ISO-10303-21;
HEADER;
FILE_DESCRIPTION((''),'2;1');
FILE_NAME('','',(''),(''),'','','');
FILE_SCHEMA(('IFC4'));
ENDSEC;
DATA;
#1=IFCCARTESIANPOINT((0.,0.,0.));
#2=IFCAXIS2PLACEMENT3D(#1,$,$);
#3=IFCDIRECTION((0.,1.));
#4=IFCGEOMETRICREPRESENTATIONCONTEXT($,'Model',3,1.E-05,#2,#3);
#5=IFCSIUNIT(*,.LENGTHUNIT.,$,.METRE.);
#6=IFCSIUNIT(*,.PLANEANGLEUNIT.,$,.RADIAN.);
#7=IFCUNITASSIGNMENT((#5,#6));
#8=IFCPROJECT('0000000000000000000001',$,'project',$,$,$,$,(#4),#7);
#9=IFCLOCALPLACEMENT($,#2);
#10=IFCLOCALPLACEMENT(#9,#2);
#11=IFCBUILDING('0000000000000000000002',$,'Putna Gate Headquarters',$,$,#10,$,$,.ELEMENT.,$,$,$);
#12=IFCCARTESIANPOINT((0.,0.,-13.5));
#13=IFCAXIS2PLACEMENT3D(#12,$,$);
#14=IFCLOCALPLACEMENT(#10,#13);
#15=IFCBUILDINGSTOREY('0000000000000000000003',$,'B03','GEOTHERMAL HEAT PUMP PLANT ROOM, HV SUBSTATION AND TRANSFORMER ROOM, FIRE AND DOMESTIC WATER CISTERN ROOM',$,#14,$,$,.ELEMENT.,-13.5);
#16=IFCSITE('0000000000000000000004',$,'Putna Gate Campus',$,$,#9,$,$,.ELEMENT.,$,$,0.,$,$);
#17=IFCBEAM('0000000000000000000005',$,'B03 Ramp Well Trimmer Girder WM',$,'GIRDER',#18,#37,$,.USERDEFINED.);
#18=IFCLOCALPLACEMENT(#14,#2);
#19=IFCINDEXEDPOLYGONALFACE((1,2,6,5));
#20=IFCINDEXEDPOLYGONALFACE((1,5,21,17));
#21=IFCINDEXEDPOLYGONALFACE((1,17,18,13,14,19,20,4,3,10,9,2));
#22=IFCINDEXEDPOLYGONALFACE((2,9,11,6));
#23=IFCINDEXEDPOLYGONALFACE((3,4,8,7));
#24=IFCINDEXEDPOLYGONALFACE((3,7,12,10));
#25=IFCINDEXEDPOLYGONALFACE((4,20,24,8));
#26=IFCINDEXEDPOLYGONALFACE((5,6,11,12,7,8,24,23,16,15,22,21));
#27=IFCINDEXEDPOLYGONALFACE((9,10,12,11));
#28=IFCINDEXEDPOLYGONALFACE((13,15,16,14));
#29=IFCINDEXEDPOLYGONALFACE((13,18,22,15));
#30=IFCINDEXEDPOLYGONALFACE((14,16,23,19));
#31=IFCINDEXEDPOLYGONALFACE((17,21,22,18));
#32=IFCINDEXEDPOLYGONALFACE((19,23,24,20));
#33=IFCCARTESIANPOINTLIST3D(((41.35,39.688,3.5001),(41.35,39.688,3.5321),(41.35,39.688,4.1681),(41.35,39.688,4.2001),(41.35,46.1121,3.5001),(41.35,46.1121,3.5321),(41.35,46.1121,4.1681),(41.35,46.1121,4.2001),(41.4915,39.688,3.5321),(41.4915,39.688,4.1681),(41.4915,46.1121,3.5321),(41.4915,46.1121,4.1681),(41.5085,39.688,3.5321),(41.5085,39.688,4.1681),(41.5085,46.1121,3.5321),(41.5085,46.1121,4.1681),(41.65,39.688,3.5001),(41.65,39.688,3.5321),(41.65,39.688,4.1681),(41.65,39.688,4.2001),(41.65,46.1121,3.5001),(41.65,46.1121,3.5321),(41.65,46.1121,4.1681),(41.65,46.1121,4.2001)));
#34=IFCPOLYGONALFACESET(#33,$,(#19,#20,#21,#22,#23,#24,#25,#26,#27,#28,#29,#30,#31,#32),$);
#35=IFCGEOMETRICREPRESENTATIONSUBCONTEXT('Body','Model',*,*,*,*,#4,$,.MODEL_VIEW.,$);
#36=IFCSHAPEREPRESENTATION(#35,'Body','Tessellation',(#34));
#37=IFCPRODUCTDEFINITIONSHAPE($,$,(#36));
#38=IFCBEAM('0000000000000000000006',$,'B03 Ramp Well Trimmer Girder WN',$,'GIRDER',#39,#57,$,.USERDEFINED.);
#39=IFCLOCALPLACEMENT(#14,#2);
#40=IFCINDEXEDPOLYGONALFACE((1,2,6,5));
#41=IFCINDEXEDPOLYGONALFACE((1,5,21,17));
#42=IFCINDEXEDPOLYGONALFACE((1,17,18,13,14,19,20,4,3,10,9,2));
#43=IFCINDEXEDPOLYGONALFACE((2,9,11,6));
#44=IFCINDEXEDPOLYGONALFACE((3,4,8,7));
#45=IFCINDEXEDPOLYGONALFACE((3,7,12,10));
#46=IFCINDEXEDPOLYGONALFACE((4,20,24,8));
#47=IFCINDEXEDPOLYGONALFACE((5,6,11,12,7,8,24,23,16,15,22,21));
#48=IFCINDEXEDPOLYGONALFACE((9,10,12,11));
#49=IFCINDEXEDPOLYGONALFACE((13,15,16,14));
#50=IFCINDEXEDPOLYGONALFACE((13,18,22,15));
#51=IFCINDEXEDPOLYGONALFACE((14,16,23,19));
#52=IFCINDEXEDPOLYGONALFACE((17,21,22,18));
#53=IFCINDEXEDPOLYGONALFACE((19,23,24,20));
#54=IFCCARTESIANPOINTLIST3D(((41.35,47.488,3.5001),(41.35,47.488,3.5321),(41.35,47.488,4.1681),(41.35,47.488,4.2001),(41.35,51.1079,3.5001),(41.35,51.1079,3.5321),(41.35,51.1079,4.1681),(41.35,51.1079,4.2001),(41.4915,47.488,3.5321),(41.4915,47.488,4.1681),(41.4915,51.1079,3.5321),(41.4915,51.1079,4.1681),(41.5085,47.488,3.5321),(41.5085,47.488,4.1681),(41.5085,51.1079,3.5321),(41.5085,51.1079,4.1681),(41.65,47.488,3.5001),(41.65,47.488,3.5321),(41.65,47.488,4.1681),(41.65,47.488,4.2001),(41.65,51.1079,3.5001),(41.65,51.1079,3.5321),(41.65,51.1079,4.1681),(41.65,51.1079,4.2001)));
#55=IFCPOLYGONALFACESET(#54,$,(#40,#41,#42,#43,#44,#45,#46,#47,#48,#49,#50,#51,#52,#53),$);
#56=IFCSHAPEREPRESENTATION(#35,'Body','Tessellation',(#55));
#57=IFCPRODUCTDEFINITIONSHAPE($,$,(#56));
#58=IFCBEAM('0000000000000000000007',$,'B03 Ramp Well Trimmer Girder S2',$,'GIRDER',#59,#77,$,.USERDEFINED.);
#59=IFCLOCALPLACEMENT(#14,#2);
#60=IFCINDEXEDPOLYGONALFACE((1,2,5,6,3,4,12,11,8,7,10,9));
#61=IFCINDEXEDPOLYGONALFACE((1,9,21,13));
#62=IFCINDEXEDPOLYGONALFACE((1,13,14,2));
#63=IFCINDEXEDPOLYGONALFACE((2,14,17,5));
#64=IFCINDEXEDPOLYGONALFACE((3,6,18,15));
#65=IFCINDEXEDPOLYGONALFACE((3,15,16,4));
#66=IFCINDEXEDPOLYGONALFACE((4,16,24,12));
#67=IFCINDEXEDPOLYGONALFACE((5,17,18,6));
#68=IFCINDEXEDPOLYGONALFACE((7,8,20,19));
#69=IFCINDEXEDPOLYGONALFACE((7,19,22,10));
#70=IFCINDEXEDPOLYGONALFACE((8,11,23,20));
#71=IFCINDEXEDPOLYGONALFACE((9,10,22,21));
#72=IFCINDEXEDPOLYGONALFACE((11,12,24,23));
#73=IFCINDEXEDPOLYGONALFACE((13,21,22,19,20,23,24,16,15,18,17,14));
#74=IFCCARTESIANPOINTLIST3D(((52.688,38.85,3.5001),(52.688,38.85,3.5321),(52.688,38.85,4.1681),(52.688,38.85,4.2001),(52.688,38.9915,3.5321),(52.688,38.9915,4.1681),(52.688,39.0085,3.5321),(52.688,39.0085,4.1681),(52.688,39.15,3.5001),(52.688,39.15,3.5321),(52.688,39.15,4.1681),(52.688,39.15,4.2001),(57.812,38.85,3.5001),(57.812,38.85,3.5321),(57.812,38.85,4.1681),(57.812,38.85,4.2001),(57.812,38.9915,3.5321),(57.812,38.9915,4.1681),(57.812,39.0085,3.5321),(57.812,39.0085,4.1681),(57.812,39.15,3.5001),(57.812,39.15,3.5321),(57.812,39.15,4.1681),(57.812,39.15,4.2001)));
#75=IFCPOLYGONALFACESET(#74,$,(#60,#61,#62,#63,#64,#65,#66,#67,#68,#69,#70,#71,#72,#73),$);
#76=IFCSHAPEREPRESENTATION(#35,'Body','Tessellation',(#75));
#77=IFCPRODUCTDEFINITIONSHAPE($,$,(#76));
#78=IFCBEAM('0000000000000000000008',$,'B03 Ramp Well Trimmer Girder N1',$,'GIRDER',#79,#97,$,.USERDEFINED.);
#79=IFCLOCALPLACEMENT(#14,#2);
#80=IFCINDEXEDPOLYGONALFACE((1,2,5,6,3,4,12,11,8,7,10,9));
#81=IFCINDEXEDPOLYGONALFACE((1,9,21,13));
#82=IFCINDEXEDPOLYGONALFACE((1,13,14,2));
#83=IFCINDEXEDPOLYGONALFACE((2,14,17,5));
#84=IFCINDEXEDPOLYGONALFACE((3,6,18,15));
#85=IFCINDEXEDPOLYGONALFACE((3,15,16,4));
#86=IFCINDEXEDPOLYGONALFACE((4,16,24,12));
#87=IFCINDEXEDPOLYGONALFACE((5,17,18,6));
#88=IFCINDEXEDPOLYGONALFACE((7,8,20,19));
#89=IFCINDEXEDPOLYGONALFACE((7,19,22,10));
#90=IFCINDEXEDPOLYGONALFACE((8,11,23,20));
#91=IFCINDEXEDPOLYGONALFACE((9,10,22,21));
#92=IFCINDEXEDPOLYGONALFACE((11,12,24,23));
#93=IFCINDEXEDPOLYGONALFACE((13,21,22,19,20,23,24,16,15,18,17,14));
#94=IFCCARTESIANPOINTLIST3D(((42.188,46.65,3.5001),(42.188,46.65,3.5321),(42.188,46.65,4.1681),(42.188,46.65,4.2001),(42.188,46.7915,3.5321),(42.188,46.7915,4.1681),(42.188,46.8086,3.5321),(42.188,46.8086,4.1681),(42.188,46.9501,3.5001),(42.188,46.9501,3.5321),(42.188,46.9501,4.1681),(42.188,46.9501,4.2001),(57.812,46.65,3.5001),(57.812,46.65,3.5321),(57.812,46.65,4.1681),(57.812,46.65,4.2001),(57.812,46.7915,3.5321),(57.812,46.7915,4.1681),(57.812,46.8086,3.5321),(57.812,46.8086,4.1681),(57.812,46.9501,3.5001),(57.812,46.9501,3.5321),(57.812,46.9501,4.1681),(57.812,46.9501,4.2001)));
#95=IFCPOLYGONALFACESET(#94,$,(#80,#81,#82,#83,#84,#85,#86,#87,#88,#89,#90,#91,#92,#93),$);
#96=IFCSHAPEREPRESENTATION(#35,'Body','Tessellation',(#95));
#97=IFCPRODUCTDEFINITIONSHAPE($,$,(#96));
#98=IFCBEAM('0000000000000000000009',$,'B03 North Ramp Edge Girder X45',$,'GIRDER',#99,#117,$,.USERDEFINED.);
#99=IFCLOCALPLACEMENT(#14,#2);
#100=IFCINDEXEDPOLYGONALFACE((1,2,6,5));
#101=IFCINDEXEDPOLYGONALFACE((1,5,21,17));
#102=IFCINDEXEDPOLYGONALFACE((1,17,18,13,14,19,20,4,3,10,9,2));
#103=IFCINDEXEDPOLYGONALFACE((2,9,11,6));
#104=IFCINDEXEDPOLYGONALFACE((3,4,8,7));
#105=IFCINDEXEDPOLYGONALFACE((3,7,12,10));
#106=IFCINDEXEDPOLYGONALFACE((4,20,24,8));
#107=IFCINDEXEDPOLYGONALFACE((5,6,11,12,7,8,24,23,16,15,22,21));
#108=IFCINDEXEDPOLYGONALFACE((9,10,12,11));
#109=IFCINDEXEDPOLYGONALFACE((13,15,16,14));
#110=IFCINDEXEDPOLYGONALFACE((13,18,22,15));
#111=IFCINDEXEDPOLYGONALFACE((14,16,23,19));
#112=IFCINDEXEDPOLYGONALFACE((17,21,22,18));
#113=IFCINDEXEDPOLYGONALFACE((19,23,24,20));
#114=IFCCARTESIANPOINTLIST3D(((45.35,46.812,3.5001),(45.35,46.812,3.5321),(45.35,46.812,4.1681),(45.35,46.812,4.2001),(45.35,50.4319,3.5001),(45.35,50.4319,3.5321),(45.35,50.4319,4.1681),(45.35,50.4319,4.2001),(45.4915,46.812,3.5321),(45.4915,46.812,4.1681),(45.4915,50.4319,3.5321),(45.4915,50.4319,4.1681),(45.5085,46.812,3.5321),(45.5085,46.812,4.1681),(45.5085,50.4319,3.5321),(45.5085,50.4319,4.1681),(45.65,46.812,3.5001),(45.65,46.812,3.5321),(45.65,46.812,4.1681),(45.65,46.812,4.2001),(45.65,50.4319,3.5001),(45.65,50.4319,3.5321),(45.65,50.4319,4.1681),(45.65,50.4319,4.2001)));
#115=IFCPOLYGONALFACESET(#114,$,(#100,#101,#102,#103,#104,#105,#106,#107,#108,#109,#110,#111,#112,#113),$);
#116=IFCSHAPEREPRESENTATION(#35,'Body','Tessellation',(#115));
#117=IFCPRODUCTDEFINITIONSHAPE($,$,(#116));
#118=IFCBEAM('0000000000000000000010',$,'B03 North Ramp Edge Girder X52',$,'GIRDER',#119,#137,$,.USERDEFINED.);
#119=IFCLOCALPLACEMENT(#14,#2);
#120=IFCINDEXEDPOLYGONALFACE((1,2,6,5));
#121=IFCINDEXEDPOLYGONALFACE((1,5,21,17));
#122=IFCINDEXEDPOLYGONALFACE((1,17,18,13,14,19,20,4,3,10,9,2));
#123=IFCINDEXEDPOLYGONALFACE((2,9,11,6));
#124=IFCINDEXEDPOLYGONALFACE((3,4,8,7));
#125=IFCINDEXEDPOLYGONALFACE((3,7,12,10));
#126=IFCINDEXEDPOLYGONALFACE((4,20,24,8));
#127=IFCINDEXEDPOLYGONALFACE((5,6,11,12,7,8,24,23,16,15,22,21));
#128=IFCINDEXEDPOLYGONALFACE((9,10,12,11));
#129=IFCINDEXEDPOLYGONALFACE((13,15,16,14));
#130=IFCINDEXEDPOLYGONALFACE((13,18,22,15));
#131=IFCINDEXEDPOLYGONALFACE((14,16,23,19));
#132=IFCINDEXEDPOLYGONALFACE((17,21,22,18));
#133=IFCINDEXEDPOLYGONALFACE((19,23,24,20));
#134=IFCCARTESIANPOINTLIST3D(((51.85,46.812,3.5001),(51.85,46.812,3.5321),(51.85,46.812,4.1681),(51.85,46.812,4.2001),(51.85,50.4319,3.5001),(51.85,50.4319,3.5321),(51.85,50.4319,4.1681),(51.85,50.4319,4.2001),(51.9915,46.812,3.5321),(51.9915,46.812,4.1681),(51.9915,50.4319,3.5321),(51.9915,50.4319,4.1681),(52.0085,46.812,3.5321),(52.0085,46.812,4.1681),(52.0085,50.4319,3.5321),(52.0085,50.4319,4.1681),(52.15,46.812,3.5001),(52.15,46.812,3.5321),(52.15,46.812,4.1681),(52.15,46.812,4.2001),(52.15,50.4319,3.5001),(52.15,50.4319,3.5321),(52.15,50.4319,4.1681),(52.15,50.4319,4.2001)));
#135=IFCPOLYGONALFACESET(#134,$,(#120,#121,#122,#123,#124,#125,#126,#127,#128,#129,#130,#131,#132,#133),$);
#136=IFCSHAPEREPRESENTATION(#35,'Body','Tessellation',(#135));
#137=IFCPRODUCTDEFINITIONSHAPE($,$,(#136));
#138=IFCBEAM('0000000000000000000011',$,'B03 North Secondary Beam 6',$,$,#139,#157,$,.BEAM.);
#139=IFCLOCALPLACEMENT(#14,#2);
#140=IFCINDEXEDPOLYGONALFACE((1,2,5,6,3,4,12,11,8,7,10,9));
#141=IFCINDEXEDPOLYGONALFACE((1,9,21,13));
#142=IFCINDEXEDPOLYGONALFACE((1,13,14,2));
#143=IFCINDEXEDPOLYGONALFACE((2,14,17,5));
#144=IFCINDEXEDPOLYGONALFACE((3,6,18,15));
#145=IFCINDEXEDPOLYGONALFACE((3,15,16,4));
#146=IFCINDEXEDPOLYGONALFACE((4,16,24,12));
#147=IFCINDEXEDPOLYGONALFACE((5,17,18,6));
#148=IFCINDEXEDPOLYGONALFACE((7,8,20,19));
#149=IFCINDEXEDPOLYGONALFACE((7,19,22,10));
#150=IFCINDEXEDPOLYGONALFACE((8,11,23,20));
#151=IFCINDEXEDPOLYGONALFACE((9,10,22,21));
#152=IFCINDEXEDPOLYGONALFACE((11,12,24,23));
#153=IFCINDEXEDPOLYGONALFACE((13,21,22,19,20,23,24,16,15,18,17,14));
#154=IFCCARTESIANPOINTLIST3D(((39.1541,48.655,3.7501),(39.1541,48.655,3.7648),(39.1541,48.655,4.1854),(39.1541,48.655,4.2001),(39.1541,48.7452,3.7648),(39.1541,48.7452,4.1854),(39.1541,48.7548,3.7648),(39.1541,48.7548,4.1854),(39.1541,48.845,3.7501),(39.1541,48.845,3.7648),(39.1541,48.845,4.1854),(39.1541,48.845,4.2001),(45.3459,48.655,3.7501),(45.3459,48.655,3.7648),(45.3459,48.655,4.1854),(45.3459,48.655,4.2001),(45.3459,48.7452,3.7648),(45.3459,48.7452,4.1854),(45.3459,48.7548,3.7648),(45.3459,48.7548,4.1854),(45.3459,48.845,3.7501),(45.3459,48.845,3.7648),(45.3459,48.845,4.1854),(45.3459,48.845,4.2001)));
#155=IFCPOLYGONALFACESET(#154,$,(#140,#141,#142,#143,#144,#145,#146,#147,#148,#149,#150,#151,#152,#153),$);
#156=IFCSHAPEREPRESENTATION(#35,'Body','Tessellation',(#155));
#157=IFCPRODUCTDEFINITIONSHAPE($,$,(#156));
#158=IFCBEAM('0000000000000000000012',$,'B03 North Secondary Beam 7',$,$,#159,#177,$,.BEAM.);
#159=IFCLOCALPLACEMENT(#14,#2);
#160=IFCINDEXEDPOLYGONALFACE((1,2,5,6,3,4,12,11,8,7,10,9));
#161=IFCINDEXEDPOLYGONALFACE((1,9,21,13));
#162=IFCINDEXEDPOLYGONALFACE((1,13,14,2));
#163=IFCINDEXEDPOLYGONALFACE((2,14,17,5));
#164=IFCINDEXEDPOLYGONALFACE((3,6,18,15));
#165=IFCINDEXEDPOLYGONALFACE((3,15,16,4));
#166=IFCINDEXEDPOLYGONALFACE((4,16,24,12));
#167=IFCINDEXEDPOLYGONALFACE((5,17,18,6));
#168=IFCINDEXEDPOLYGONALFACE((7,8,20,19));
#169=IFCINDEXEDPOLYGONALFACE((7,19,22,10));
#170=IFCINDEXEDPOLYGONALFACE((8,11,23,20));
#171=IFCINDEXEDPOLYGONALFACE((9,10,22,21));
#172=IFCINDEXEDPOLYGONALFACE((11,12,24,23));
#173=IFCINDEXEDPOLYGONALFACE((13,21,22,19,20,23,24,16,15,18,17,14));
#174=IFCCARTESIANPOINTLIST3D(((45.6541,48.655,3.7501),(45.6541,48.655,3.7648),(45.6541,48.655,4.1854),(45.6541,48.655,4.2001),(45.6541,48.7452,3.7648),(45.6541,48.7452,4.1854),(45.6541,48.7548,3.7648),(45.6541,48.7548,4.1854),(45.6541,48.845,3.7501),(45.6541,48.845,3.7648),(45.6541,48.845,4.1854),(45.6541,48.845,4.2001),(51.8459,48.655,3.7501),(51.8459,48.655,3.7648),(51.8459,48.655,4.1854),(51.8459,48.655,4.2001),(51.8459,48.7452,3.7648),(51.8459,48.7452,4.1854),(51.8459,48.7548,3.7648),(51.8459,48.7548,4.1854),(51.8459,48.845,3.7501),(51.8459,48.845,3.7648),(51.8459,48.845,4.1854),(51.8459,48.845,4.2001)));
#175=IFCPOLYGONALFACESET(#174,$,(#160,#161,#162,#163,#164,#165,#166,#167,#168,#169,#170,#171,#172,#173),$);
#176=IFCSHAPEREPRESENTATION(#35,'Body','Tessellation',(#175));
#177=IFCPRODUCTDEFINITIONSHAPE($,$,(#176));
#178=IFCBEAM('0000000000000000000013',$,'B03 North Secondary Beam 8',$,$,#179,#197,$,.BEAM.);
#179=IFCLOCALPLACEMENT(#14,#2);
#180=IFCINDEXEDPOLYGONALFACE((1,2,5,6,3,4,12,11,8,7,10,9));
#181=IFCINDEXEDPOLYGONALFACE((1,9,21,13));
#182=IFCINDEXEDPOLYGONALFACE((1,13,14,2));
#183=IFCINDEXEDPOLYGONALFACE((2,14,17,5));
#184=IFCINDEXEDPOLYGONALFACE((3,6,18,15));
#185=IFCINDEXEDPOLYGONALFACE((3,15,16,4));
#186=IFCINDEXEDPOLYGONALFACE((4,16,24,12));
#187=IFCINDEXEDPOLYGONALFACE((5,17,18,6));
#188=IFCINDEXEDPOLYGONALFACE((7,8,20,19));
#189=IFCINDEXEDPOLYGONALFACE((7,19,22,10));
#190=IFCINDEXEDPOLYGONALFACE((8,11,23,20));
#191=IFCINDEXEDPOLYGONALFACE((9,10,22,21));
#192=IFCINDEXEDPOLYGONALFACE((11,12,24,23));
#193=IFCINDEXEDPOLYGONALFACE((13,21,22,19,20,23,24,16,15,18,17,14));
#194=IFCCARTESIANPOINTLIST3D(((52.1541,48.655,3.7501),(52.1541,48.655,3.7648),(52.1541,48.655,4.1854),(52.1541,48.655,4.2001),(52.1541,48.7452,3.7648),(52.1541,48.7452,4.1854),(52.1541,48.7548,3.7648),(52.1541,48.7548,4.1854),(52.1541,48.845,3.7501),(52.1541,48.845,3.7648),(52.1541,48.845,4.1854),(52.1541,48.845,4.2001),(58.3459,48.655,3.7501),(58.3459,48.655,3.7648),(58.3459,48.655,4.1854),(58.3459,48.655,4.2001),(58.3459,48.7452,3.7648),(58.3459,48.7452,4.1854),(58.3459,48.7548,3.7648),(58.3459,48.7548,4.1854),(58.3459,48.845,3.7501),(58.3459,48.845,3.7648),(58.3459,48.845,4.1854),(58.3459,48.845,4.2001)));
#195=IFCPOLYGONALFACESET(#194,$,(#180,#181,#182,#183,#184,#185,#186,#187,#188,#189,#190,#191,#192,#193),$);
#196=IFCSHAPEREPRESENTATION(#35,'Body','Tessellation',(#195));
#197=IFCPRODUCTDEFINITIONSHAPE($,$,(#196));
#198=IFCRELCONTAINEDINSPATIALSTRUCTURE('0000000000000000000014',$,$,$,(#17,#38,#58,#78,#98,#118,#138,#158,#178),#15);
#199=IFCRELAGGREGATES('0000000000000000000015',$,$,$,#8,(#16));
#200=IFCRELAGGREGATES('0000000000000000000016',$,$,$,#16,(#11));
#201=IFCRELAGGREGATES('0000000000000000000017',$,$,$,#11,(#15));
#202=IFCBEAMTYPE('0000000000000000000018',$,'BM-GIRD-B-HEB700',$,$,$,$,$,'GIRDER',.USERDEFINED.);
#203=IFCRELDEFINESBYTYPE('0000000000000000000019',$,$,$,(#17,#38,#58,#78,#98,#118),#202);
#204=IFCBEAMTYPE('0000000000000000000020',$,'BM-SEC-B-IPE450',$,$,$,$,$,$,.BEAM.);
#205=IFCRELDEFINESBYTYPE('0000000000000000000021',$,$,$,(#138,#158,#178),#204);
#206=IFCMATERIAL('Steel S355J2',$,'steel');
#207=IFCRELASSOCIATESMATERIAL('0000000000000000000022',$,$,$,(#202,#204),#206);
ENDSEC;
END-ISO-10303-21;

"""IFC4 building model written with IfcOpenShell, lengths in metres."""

from ifc_helpers import new_model, si_unit, direction, frame, origin, origin_2d, place, context, subcontext, project, spatial, i_section, extrude, material, material_profile, profile_set, type_object, element, save


model = new_model("IFC4")

# Units and contexts
model_context = context("Model", 3, precision=1e-05, world=origin(), true_north=direction((0.0, 1.0)))
body_context = subcontext(model_context, "Body", "Model", "MODEL_VIEW")
ifc_project = project(units=[si_unit("LENGTHUNIT", "METRE"), si_unit("PLANEANGLEUNIT", "RADIAN")], contexts=[model_context])

# Site, building, storey
site_placement = place(None, origin())
site = spatial("IfcSite", under=ifc_project, at=site_placement, Name="Putna Gate Campus", CompositionType="ELEMENT", RefElevation=0.0)
building_placement = place(site_placement, origin())
building = spatial("IfcBuilding", under=site, at=building_placement, Name="Putna Gate Headquarters", CompositionType="ELEMENT")
storey_placement = place(building_placement, frame((0.0, 0.0, -13.5)))
storey = spatial("IfcBuildingStorey", under=building, at=storey_placement, Name="B03", Description="GEOTHERMAL HEAT PUMP PLANT ROOM, HV SUBSTATION AND TRANSFORMER ROOM, FIRE AND DOMESTIC WATER CISTERN ROOM", CompositionType="ELEMENT", Elevation=-13.5)

# Beams
ifc_material_1 = material(Name="Steel S355J2", Category="steel")
ifc_material_profile_1 = material_profile(ifc_material_1, i_section(OverallWidth=0.3, OverallDepth=0.7, WebThickness=0.0171, FlangeThickness=0.032, at=origin_2d()), Name="Steel S355J2")
ifc_profile_set_1 = profile_set([ifc_material_profile_1], Name="Steel S355J2")
beam_type_1 = type_object("IfcBeamType", Name="BM-GIRD-B-HEB700", ElementType="GIRDER", PredefinedType="USERDEFINED", material=ifc_profile_set_1)
beam_1_placement = place(storey_placement, frame((41.5, 39.688, 3.8501), z_axis=(0.0, 1.0, 0.0), x_axis=(-1.0, 0.0, 0.0)))
element("IfcBeam", 1, at=beam_1_placement, inside=storey, type_object=beam_type_1, Name="B03 Ramp Well Trimmer Girder WM", ObjectType="GIRDER", PredefinedType="USERDEFINED", context=body_context, shape_type="SweptSolid", body=[
    extrude(i_section(OverallWidth=0.3, OverallDepth=0.7, WebThickness=0.0171, FlangeThickness=0.032, at=origin_2d()), origin(), (0.0, 0.0, 1.0), 6.4241),
])
beam_2_placement = place(storey_placement, frame((41.5, 47.488, 3.8501), z_axis=(0.0, 1.0, 0.0), x_axis=(-1.0, 0.0, 0.0)))
element("IfcBeam", 2, at=beam_2_placement, inside=storey, type_object=beam_type_1, Name="B03 Ramp Well Trimmer Girder WN", ObjectType="GIRDER", PredefinedType="USERDEFINED", context=body_context, shape_type="SweptSolid", body=[
    extrude(i_section(OverallWidth=0.3, OverallDepth=0.7, WebThickness=0.0171, FlangeThickness=0.032, at=origin_2d()), origin(), (0.0, 0.0, 1.0), 3.6199),
])
beam_3_placement = place(storey_placement, frame((52.688, 39.0, 3.8501), z_axis=(1.0, 0.0, 0.0), x_axis=(0.0, 1.0, 0.0)))
element("IfcBeam", 3, at=beam_3_placement, inside=storey, type_object=beam_type_1, Name="B03 Ramp Well Trimmer Girder S2", ObjectType="GIRDER", PredefinedType="USERDEFINED", context=body_context, shape_type="SweptSolid", body=[
    extrude(i_section(OverallWidth=0.3, OverallDepth=0.7, WebThickness=0.0171, FlangeThickness=0.032, at=origin_2d()), origin(), (0.0, 0.0, 1.0), 5.124),
])
beam_4_placement = place(storey_placement, frame((42.188, 46.8, 3.8501), z_axis=(1.0, 0.0, 0.0), x_axis=(0.0, 1.0, 0.0)))
element("IfcBeam", 4, at=beam_4_placement, inside=storey, type_object=beam_type_1, Name="B03 Ramp Well Trimmer Girder N1", ObjectType="GIRDER", PredefinedType="USERDEFINED", context=body_context, shape_type="SweptSolid", body=[
    extrude(i_section(OverallWidth=0.3, OverallDepth=0.7, WebThickness=0.0171, FlangeThickness=0.032, at=origin_2d()), origin(), (0.0, 0.0, 1.0), 15.624),
])
for number, where, z_axis, x_axis, name in (
    (5, (45.5, 46.812, 3.8501), (0.0, 1.0, 0.0), (-1.0, 0.0, 0.0), "B03 North Ramp Edge Girder X45"),
    (6, (52.0, 46.812, 3.8501), (0.0, 1.0, 0.0), (-1.0, 0.0, 0.0), "B03 North Ramp Edge Girder X52"),
):
    element("IfcBeam", number, at=place(storey_placement, frame(where, z_axis=z_axis, x_axis=x_axis)), inside=storey, type_object=beam_type_1, Name=name, ObjectType="GIRDER", PredefinedType="USERDEFINED", context=body_context, shape_type="SweptSolid", body=[
        extrude(i_section(OverallWidth=0.3, OverallDepth=0.7, WebThickness=0.0171, FlangeThickness=0.032, at=origin_2d()), origin(), (0.0, 0.0, 1.0), 3.6199),
    ])
ifc_material_profile_2 = material_profile(ifc_material_1, i_section(OverallWidth=0.1899, OverallDepth=0.45, WebThickness=0.0095, FlangeThickness=0.0146, at=origin_2d()), Name="Steel S355J2")
ifc_profile_set_2 = profile_set([ifc_material_profile_2], Name="Steel S355J2")
beam_type_2 = type_object("IfcBeamType", Name="BM-SEC-B-IPE450", PredefinedType="BEAM", material=ifc_profile_set_2)
for number, where, z_axis, x_axis, name in (
    (7, (39.1541, 48.75, 3.9751), (1.0, 0.0, 0.0), (0.0, 1.0, 0.0), "B03 North Secondary Beam 6"),
    (8, (45.6541, 48.75, 3.9751), (1.0, 0.0, 0.0), (0.0, 1.0, 0.0), "B03 North Secondary Beam 7"),
    (9, (52.1541, 48.75, 3.9751), (1.0, 0.0, 0.0), (0.0, 1.0, 0.0), "B03 North Secondary Beam 8"),
):
    element("IfcBeam", number, at=place(storey_placement, frame(where, z_axis=z_axis, x_axis=x_axis)), inside=storey, type_object=beam_type_2, Name=name, PredefinedType="BEAM", context=body_context, shape_type="SweptSolid", body=[
        extrude(i_section(OverallWidth=0.1899, OverallDepth=0.45, WebThickness=0.0095, FlangeThickness=0.0146, at=origin_2d()), origin(), (0.0, 0.0, 1.0), 6.1919),
    ])

save(model, "model.ifc")
